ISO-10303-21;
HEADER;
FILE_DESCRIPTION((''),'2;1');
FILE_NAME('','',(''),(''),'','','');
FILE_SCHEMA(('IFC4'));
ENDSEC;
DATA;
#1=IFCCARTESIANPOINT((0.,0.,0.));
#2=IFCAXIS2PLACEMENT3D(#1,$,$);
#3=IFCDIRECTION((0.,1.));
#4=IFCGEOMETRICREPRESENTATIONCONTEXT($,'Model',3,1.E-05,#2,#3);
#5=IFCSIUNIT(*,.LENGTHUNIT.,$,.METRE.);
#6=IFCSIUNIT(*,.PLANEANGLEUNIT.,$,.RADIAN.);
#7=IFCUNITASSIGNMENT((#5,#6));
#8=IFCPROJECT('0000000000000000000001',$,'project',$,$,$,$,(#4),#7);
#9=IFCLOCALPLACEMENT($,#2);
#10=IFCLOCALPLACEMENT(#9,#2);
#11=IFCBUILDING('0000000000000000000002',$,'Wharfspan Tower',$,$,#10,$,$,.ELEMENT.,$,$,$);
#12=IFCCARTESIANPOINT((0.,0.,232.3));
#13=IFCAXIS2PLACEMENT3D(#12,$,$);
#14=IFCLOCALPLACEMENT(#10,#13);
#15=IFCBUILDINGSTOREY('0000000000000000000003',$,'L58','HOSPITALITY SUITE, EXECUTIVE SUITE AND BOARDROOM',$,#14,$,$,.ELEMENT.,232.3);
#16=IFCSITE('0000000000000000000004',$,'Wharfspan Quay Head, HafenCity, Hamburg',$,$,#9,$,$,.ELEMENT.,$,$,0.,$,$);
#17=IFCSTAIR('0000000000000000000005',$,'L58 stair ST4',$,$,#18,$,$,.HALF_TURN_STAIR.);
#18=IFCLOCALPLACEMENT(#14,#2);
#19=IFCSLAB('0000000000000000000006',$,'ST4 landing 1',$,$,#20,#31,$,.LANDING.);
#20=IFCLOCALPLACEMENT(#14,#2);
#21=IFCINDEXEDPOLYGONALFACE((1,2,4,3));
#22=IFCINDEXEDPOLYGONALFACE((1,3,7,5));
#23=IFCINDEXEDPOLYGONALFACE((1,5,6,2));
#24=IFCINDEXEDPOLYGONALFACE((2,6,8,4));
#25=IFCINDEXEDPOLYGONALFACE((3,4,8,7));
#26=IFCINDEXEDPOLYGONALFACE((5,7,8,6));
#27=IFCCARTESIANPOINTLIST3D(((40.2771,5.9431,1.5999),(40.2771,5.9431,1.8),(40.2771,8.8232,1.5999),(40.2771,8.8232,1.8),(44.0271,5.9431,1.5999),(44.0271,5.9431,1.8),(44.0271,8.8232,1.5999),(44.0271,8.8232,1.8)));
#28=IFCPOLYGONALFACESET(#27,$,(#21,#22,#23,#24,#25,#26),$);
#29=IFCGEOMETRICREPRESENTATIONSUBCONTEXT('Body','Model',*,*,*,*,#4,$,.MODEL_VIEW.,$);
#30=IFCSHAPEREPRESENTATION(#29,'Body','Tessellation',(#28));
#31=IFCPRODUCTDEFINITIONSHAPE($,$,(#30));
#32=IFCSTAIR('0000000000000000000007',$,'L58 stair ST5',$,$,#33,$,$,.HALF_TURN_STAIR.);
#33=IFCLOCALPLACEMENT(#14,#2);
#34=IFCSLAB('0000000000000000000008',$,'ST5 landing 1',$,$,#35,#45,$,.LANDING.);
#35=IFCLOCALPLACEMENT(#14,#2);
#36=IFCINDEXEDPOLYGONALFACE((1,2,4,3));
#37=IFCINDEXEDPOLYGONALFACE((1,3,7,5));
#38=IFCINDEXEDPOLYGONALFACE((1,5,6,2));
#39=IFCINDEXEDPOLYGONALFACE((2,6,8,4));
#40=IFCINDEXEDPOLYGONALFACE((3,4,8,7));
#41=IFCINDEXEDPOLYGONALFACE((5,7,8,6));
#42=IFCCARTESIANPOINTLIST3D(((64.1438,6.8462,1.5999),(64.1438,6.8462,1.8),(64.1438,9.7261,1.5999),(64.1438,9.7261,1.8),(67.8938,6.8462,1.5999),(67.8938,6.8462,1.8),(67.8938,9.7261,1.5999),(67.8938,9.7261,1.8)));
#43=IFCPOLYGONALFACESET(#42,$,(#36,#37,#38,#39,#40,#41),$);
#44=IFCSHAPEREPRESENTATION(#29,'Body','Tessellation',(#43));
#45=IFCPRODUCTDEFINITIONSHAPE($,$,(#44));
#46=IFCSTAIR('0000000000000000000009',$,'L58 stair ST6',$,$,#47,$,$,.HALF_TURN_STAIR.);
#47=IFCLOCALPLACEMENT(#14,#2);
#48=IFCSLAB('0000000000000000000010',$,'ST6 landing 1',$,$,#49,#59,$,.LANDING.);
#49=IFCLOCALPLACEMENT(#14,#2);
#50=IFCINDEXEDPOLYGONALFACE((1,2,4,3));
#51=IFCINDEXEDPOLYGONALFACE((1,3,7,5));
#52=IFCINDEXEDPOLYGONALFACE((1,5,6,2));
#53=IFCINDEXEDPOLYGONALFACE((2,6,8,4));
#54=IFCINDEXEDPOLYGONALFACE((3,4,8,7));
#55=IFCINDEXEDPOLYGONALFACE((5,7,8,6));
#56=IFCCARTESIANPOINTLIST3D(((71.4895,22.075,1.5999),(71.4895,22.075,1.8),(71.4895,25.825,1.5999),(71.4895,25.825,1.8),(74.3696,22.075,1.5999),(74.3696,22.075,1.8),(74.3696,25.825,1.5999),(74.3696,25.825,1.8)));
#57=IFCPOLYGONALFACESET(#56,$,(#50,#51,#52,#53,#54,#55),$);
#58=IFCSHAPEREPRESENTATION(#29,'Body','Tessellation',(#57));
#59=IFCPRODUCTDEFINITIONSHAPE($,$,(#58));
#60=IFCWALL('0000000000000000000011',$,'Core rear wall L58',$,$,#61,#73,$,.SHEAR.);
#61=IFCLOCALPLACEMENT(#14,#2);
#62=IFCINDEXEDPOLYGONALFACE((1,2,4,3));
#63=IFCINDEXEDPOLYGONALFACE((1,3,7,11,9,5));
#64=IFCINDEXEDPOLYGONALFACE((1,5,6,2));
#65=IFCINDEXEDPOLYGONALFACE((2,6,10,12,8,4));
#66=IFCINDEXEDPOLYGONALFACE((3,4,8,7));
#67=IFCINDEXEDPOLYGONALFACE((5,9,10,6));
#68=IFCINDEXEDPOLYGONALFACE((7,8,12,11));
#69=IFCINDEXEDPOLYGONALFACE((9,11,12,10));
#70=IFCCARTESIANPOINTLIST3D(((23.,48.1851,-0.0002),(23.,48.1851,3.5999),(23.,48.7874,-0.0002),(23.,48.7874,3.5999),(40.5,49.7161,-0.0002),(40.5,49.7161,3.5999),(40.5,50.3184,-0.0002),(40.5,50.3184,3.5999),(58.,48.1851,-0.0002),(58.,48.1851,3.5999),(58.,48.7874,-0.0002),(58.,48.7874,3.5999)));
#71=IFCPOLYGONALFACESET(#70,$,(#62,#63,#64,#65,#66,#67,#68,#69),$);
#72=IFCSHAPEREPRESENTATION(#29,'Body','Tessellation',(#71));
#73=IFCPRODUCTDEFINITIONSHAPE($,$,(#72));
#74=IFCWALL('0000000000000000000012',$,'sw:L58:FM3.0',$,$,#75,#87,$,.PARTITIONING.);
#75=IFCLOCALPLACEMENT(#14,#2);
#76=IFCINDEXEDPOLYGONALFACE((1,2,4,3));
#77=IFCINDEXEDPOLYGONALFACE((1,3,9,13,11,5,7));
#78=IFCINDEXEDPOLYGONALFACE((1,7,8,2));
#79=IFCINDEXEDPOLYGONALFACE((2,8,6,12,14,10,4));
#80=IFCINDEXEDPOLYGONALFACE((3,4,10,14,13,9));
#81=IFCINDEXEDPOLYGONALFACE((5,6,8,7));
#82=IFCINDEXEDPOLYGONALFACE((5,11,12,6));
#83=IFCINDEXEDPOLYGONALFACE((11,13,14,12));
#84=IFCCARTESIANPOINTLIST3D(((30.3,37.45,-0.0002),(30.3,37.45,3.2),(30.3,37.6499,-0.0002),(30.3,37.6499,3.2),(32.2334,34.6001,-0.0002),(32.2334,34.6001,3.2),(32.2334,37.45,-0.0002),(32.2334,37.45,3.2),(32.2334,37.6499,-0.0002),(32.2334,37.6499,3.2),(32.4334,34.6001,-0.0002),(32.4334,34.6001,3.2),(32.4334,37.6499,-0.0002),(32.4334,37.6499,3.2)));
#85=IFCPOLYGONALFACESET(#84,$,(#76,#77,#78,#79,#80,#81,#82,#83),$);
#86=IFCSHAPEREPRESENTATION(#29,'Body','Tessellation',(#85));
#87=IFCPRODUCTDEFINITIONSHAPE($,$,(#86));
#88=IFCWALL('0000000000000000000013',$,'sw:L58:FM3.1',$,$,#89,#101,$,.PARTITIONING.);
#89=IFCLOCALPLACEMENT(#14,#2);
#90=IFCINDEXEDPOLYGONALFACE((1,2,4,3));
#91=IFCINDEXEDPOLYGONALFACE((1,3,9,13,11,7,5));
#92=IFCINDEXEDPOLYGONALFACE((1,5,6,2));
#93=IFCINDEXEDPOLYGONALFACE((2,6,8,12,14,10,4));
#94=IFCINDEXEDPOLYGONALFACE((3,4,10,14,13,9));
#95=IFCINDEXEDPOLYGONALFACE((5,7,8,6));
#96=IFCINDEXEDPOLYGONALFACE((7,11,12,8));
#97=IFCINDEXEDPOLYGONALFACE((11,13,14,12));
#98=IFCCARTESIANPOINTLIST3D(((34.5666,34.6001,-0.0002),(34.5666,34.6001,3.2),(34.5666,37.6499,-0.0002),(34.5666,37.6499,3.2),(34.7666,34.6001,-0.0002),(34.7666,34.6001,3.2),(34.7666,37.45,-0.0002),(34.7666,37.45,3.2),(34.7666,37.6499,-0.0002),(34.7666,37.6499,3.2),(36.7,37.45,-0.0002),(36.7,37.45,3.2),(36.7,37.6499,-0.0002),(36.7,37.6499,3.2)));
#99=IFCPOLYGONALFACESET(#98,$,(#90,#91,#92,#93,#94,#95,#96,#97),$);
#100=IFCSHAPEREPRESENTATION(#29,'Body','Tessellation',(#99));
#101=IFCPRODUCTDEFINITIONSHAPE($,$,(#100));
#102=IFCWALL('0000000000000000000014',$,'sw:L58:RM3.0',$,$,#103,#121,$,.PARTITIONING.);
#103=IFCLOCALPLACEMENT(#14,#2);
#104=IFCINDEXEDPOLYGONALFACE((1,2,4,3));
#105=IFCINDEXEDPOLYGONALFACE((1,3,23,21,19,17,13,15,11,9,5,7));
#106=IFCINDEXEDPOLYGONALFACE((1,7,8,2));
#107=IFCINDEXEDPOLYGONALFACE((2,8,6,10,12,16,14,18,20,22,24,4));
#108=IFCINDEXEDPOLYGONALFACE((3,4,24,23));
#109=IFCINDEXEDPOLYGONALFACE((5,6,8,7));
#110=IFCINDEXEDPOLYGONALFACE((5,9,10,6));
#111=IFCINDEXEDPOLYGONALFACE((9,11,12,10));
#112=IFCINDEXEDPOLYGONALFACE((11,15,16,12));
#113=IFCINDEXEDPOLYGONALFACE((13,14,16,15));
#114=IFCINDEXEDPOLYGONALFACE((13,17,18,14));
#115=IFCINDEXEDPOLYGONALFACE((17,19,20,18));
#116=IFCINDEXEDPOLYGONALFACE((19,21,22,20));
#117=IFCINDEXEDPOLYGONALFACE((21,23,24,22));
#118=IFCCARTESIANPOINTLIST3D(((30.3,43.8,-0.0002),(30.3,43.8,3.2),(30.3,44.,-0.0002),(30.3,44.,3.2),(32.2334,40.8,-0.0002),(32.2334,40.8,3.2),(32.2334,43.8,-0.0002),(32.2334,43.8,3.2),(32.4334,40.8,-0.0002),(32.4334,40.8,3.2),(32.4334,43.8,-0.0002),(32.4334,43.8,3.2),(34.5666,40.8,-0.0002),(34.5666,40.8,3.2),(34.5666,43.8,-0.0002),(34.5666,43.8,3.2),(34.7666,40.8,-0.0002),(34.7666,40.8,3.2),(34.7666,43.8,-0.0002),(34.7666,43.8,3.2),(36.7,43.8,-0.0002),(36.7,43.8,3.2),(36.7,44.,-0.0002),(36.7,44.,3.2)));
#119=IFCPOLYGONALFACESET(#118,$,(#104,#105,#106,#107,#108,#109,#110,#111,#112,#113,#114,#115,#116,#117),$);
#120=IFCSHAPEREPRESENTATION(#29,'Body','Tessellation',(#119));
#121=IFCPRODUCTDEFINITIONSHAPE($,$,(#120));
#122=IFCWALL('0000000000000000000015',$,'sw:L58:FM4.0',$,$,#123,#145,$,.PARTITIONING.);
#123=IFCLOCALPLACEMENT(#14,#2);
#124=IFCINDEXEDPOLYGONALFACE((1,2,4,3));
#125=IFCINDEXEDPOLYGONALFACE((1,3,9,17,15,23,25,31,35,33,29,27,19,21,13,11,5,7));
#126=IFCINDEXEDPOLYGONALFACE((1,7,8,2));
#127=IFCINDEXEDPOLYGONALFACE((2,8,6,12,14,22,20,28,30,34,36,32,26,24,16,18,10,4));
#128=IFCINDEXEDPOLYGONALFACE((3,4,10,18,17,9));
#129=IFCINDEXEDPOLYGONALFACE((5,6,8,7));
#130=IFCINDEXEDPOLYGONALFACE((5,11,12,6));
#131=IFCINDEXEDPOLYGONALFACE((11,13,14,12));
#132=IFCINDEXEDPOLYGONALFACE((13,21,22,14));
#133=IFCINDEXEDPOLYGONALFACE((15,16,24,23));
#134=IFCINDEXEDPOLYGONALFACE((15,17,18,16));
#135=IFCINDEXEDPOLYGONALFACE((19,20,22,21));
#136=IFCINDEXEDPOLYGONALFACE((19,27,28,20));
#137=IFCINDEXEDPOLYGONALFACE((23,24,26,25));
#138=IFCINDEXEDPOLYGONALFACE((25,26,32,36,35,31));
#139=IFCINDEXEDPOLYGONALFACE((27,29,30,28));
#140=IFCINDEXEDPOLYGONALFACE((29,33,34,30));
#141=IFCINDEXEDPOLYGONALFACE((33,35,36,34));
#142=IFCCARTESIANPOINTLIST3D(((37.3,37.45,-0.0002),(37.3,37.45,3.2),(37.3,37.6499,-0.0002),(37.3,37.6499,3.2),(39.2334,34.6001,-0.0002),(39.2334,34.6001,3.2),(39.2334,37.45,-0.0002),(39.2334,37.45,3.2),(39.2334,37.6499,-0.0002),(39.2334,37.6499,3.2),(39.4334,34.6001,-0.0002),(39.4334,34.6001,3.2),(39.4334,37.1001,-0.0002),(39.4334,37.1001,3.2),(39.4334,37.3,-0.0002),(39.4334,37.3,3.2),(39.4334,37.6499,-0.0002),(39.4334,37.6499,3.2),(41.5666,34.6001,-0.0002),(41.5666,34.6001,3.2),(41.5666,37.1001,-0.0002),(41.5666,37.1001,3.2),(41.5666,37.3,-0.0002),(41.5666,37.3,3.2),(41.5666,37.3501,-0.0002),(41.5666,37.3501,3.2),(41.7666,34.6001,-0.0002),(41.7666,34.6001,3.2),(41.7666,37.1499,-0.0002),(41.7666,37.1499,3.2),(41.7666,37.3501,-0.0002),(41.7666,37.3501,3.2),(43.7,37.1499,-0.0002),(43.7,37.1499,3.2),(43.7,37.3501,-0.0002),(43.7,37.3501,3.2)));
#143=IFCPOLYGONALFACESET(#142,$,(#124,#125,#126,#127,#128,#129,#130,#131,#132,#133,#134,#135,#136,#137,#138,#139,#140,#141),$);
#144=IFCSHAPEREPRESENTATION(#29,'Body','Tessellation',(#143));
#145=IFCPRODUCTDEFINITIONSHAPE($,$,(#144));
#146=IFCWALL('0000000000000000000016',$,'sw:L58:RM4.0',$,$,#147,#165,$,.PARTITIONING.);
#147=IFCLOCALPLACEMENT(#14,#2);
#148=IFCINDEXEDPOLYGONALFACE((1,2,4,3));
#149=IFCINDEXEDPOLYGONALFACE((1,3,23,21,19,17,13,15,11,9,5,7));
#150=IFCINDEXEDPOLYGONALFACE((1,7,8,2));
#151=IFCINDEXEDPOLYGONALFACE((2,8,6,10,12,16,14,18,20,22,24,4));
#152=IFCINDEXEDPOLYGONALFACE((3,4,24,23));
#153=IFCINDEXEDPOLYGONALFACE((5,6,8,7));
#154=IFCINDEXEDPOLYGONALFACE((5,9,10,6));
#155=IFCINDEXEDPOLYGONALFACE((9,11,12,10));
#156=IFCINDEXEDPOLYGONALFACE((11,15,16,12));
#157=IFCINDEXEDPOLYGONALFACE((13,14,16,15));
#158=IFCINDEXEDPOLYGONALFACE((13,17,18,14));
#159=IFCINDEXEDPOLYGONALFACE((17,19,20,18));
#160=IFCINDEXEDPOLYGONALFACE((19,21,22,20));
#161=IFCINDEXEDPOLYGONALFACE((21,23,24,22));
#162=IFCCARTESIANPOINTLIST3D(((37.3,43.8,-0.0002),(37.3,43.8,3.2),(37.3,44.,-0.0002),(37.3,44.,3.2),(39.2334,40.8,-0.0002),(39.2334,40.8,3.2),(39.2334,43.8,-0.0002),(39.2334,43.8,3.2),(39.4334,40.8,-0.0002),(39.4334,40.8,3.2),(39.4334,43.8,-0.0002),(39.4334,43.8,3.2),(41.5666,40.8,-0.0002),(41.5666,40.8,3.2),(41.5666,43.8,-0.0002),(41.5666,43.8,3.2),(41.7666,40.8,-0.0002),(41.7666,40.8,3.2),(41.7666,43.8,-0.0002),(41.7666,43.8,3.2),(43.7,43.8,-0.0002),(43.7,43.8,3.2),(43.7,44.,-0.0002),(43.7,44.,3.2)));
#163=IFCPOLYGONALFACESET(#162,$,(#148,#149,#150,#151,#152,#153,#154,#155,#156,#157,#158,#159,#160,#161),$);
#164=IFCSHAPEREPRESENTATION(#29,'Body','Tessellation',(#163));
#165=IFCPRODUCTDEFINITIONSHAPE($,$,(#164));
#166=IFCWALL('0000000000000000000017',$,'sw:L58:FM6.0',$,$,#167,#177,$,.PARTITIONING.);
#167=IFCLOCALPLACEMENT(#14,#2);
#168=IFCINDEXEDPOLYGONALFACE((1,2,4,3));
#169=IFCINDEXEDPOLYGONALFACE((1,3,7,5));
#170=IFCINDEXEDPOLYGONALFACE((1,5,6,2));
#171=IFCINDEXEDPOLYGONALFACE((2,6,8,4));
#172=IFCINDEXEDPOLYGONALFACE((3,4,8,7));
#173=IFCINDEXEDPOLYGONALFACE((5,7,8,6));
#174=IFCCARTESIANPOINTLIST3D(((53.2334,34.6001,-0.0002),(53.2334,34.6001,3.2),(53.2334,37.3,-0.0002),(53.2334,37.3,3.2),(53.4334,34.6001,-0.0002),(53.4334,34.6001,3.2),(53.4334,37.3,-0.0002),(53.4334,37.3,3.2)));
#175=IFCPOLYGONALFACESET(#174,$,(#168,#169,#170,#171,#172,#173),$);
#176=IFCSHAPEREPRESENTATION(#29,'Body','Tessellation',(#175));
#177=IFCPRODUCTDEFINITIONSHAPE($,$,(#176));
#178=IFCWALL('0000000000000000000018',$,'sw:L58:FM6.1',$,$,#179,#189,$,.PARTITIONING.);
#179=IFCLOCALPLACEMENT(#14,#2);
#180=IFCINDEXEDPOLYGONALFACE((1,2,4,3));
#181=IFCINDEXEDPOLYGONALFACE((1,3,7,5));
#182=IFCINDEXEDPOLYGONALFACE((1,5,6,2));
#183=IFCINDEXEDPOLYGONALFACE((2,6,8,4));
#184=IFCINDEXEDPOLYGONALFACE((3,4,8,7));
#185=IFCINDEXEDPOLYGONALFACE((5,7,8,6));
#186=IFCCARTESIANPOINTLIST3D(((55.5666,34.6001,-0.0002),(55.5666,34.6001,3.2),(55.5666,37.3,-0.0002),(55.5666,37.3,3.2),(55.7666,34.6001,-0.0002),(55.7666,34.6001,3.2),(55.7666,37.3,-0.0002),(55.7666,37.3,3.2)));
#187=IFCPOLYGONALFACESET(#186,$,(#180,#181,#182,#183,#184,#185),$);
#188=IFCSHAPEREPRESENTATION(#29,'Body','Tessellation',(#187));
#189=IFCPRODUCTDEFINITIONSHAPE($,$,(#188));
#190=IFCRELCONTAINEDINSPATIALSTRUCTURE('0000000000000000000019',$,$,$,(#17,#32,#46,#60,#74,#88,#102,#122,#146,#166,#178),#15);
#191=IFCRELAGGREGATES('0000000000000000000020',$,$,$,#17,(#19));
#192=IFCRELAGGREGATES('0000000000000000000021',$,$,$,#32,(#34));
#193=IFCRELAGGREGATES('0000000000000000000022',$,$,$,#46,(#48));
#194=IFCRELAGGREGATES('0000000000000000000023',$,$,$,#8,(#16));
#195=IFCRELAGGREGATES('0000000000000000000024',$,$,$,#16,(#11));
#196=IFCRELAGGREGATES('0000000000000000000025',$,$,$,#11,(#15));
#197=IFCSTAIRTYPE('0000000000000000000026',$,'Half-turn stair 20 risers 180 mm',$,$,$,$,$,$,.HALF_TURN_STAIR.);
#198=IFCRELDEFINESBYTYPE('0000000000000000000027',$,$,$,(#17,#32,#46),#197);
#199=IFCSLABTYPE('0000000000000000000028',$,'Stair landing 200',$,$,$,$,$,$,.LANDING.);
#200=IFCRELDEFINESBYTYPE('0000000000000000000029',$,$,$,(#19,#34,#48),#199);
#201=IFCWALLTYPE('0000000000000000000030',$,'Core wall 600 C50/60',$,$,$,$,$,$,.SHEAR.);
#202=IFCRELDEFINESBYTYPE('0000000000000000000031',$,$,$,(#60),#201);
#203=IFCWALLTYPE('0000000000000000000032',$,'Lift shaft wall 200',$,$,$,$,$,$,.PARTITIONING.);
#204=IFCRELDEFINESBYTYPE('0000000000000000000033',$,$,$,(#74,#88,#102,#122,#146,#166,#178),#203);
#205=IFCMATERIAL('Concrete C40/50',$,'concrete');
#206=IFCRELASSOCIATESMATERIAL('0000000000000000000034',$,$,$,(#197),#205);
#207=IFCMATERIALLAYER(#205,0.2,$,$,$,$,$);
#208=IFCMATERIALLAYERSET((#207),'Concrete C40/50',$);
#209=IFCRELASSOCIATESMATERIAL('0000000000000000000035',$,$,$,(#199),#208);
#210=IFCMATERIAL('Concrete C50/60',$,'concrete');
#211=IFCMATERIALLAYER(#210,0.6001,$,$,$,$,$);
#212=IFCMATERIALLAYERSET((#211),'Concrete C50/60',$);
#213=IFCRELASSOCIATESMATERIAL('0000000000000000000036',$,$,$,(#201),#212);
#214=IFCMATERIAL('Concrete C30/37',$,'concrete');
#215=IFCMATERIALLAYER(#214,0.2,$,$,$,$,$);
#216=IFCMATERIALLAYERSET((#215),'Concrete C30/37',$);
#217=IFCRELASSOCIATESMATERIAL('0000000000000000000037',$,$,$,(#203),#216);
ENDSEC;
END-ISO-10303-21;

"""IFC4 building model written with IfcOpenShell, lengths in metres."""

from ifc_helpers import new_model, si_unit, direction, frame, origin, place, context, subcontext, project, spatial, polyline, outline, extrude, material, layer, layer_set, type_object, element, aggregate, save


model = new_model("IFC4")

# Units and contexts
model_context = context("Model", 3, precision=1e-05, world=origin(), true_north=direction((0.0, 1.0)))
body_context = subcontext(model_context, "Body", "Model", "MODEL_VIEW")
ifc_project = project(units=[si_unit("LENGTHUNIT", "METRE"), si_unit("PLANEANGLEUNIT", "RADIAN")], contexts=[model_context])

# Site, building, storey
site_placement = place(None, origin())
site = spatial("IfcSite", under=ifc_project, at=site_placement, Name="Wharfspan Quay Head, HafenCity, Hamburg", CompositionType="ELEMENT", RefElevation=0.0)
building_placement = place(site_placement, origin())
building = spatial("IfcBuilding", under=site, at=building_placement, Name="Wharfspan Tower", CompositionType="ELEMENT")
storey_placement = place(building_placement, frame((0.0, 0.0, 232.3)))
storey = spatial("IfcBuildingStorey", under=building, at=storey_placement, Name="L58", Description="HOSPITALITY SUITE, EXECUTIVE SUITE AND BOARDROOM", CompositionType="ELEMENT", Elevation=232.3)

# Shared definitions
ifc_material_1 = material(Name="Concrete C40/50", Category="concrete")

# Stairs, slabs
stair_type = type_object("IfcStairType", Name="Half-turn stair 20 risers 180 mm", PredefinedType="HALF_TURN_STAIR", material=ifc_material_1)
ifc_layer_1 = layer(ifc_material_1, 0.2)
ifc_layer_set_1 = layer_set([ifc_layer_1], Name="Concrete C40/50")
slab_type_1 = type_object("IfcSlabType", Name="Stair landing 200", PredefinedType="LANDING", material=ifc_layer_set_1)
stair_1_placement = place(storey_placement, origin())
stair_1 = element("IfcStair", 1, at=stair_1_placement, inside=storey, type_object=stair_type, Name="L58 stair ST4", PredefinedType="HALF_TURN_STAIR")
slab_1_placement = place(storey_placement, frame((0.0, 0.0, 1.5999)))
slab_1 = element("IfcSlab", 2, at=slab_1_placement, type_object=slab_type_1, Name="ST4 landing 1", PredefinedType="LANDING", context=body_context, shape_type="SweptSolid", body=[
    extrude(outline(polyline([(40.2771, 8.8232), (40.2771, 5.9431), (44.0271, 5.9431), (44.0271, 8.8232), (40.2771, 8.8232)])), origin(), (0.0, 0.0, 1.0), 0.2002),
])
aggregate(stair_1, [slab_1])
stair_2_placement = place(storey_placement, origin())
stair_2 = element("IfcStair", 3, at=stair_2_placement, inside=storey, type_object=stair_type, Name="L58 stair ST5", PredefinedType="HALF_TURN_STAIR")
slab_2_placement = place(storey_placement, frame((0.0, 0.0, 1.5999)))
slab_2 = element("IfcSlab", 4, at=slab_2_placement, type_object=slab_type_1, Name="ST5 landing 1", PredefinedType="LANDING", context=body_context, shape_type="SweptSolid", body=[
    extrude(outline(polyline([(64.1438, 9.7261), (64.1438, 6.8462), (67.8938, 6.8462), (67.8938, 9.7261), (64.1438, 9.7261)])), origin(), (0.0, 0.0, 1.0), 0.2002),
])
aggregate(stair_2, [slab_2])
stair_3_placement = place(storey_placement, origin())
stair_3 = element("IfcStair", 5, at=stair_3_placement, inside=storey, type_object=stair_type, Name="L58 stair ST6", PredefinedType="HALF_TURN_STAIR")
slab_3_placement = place(storey_placement, frame((0.0, 0.0, 1.5999)))
slab_3 = element("IfcSlab", 6, at=slab_3_placement, type_object=slab_type_1, Name="ST6 landing 1", PredefinedType="LANDING", context=body_context, shape_type="SweptSolid", body=[
    extrude(outline(polyline([(71.4895, 22.075), (74.3696, 22.075), (74.3696, 25.825), (71.4895, 25.825), (71.4895, 22.075)])), origin(), (0.0, 0.0, 1.0), 0.2002),
])
aggregate(stair_3, [slab_3])

# Walls
ifc_material_2 = material(Name="Concrete C50/60", Category="concrete")
ifc_layer_2 = layer(ifc_material_2, 0.6001)
ifc_layer_set_2 = layer_set([ifc_layer_2], Name="Concrete C50/60")
wall_type_1 = type_object("IfcWallType", Name="Core wall 600 C50/60", PredefinedType="SHEAR", material=ifc_layer_set_2)
wall_1_placement = place(storey_placement, frame((0.0, 0.0, -0.0002)))
element("IfcWall", 7, at=wall_1_placement, inside=storey, type_object=wall_type_1, Name="Core rear wall L58", PredefinedType="SHEAR", context=body_context, shape_type="SweptSolid", body=[
    extrude(outline(polyline([(23.0, 48.1851), (40.5, 49.7161), (58.0, 48.1851), (58.0, 48.7874), (40.5, 50.3184), (23.0, 48.7874), (23.0, 48.1851)])), origin(), (0.0, 0.0, 1.0), 3.6001),
])
ifc_material_3 = material(Name="Concrete C30/37", Category="concrete")
ifc_layer_3 = layer(ifc_material_3, 0.2)
ifc_layer_set_3 = layer_set([ifc_layer_3], Name="Concrete C30/37")
wall_type_2 = type_object("IfcWallType", Name="Lift shaft wall 200", PredefinedType="PARTITIONING", material=ifc_layer_set_3)
wall_2_placement = place(storey_placement, frame((0.0, 0.0, -0.0002)))
element("IfcWall", 8, at=wall_2_placement, inside=storey, type_object=wall_type_2, Name="sw:L58:FM3.0", PredefinedType="PARTITIONING", context=body_context, shape_type="SweptSolid", body=[
    extrude(outline(polyline([(32.2334, 37.45), (30.3, 37.45), (30.3, 37.6499), (32.2334, 37.6499), (32.4333, 37.6499), (32.4333, 34.6001), (32.2334, 34.6001), (32.2334, 37.45)])), origin(), (0.0, 0.0, 1.0), 3.2002),
])
wall_3_placement = place(storey_placement, frame((0.0, 0.0, -0.0002)))
element("IfcWall", 9, at=wall_3_placement, inside=storey, type_object=wall_type_2, Name="sw:L58:FM3.1", PredefinedType="PARTITIONING", context=body_context, shape_type="SweptSolid", body=[
    extrude(outline(polyline([(34.5667, 37.6499), (34.7666, 37.6499), (36.7, 37.6499), (36.7, 37.45), (34.7666, 37.45), (34.7666, 34.6001), (34.5667, 34.6001), (34.5667, 37.6499)])), origin(), (0.0, 0.0, 1.0), 3.2002),
])
wall_4_placement = place(storey_placement, frame((0.0, 0.0, -0.0002)))
element("IfcWall", 10, at=wall_4_placement, inside=storey, type_object=wall_type_2, Name="sw:L58:RM3.0", PredefinedType="PARTITIONING", context=body_context, shape_type="SweptSolid", body=[
    extrude(outline(polyline([(32.4333, 40.8), (32.2334, 40.8), (32.2334, 43.8), (30.3, 43.8), (30.3, 44.0), (36.7, 44.0), (36.7, 43.8), (34.7666, 43.8), (34.7666, 40.8), (34.5667, 40.8), (34.5667, 43.8), (32.4333, 43.8), (32.4333, 40.8)])), origin(), (0.0, 0.0, 1.0), 3.2002),
])
wall_5_placement = place(storey_placement, frame((0.0, 0.0, -0.0002)))
element("IfcWall", 11, at=wall_5_placement, inside=storey, type_object=wall_type_2, Name="sw:L58:FM4.0", PredefinedType="PARTITIONING", context=body_context, shape_type="SweptSolid", body=[
    extrude(outline(polyline([(41.5667, 37.1001), (39.4333, 37.1001), (39.4333, 34.6001), (39.2334, 34.6001), (39.2334, 37.45), (37.3, 37.45), (37.3, 37.6499), (39.2334, 37.6499), (39.4333, 37.6499), (39.4333, 37.3), (41.5667, 37.3), (41.5667, 37.3501), (41.7666, 37.3501), (43.7, 37.3501), (43.7, 37.1499), (41.7666, 37.1499), (41.7666, 34.6001), (41.5667, 34.6001), (41.5667, 37.1001)])), origin(), (0.0, 0.0, 1.0), 3.2002),
])
wall_6_placement = place(storey_placement, frame((0.0, 0.0, -0.0002)))
element("IfcWall", 12, at=wall_6_placement, inside=storey, type_object=wall_type_2, Name="sw:L58:RM4.0", PredefinedType="PARTITIONING", context=body_context, shape_type="SweptSolid", body=[
    extrude(outline(polyline([(39.4333, 40.8), (39.2334, 40.8), (39.2334, 43.8), (37.3, 43.8), (37.3, 44.0), (43.7, 44.0), (43.7, 43.8), (41.7666, 43.8), (41.7666, 40.8), (41.5667, 40.8), (41.5667, 43.8), (39.4333, 43.8), (39.4333, 40.8)])), origin(), (0.0, 0.0, 1.0), 3.2002),
])
wall_7_placement = place(storey_placement, frame((0.0, 0.0, -0.0002)))
element("IfcWall", 13, at=wall_7_placement, inside=storey, type_object=wall_type_2, Name="sw:L58:FM6.0", PredefinedType="PARTITIONING", context=body_context, shape_type="SweptSolid", body=[
    extrude(outline(polyline([(53.2334, 34.6001), (53.2334, 37.3), (53.4333, 37.3), (53.4333, 34.6001), (53.2334, 34.6001)])), origin(), (0.0, 0.0, 1.0), 3.2002),
])
wall_8_placement = place(storey_placement, frame((0.0, 0.0, -0.0002)))
element("IfcWall", 14, at=wall_8_placement, inside=storey, type_object=wall_type_2, Name="sw:L58:FM6.1", PredefinedType="PARTITIONING", context=body_context, shape_type="SweptSolid", body=[
    extrude(outline(polyline([(55.5667, 34.6001), (55.5667, 37.3), (55.7666, 37.3), (55.7666, 34.6001), (55.5667, 34.6001)])), origin(), (0.0, 0.0, 1.0), 3.2002),
])

save(model, "model.ifc")
